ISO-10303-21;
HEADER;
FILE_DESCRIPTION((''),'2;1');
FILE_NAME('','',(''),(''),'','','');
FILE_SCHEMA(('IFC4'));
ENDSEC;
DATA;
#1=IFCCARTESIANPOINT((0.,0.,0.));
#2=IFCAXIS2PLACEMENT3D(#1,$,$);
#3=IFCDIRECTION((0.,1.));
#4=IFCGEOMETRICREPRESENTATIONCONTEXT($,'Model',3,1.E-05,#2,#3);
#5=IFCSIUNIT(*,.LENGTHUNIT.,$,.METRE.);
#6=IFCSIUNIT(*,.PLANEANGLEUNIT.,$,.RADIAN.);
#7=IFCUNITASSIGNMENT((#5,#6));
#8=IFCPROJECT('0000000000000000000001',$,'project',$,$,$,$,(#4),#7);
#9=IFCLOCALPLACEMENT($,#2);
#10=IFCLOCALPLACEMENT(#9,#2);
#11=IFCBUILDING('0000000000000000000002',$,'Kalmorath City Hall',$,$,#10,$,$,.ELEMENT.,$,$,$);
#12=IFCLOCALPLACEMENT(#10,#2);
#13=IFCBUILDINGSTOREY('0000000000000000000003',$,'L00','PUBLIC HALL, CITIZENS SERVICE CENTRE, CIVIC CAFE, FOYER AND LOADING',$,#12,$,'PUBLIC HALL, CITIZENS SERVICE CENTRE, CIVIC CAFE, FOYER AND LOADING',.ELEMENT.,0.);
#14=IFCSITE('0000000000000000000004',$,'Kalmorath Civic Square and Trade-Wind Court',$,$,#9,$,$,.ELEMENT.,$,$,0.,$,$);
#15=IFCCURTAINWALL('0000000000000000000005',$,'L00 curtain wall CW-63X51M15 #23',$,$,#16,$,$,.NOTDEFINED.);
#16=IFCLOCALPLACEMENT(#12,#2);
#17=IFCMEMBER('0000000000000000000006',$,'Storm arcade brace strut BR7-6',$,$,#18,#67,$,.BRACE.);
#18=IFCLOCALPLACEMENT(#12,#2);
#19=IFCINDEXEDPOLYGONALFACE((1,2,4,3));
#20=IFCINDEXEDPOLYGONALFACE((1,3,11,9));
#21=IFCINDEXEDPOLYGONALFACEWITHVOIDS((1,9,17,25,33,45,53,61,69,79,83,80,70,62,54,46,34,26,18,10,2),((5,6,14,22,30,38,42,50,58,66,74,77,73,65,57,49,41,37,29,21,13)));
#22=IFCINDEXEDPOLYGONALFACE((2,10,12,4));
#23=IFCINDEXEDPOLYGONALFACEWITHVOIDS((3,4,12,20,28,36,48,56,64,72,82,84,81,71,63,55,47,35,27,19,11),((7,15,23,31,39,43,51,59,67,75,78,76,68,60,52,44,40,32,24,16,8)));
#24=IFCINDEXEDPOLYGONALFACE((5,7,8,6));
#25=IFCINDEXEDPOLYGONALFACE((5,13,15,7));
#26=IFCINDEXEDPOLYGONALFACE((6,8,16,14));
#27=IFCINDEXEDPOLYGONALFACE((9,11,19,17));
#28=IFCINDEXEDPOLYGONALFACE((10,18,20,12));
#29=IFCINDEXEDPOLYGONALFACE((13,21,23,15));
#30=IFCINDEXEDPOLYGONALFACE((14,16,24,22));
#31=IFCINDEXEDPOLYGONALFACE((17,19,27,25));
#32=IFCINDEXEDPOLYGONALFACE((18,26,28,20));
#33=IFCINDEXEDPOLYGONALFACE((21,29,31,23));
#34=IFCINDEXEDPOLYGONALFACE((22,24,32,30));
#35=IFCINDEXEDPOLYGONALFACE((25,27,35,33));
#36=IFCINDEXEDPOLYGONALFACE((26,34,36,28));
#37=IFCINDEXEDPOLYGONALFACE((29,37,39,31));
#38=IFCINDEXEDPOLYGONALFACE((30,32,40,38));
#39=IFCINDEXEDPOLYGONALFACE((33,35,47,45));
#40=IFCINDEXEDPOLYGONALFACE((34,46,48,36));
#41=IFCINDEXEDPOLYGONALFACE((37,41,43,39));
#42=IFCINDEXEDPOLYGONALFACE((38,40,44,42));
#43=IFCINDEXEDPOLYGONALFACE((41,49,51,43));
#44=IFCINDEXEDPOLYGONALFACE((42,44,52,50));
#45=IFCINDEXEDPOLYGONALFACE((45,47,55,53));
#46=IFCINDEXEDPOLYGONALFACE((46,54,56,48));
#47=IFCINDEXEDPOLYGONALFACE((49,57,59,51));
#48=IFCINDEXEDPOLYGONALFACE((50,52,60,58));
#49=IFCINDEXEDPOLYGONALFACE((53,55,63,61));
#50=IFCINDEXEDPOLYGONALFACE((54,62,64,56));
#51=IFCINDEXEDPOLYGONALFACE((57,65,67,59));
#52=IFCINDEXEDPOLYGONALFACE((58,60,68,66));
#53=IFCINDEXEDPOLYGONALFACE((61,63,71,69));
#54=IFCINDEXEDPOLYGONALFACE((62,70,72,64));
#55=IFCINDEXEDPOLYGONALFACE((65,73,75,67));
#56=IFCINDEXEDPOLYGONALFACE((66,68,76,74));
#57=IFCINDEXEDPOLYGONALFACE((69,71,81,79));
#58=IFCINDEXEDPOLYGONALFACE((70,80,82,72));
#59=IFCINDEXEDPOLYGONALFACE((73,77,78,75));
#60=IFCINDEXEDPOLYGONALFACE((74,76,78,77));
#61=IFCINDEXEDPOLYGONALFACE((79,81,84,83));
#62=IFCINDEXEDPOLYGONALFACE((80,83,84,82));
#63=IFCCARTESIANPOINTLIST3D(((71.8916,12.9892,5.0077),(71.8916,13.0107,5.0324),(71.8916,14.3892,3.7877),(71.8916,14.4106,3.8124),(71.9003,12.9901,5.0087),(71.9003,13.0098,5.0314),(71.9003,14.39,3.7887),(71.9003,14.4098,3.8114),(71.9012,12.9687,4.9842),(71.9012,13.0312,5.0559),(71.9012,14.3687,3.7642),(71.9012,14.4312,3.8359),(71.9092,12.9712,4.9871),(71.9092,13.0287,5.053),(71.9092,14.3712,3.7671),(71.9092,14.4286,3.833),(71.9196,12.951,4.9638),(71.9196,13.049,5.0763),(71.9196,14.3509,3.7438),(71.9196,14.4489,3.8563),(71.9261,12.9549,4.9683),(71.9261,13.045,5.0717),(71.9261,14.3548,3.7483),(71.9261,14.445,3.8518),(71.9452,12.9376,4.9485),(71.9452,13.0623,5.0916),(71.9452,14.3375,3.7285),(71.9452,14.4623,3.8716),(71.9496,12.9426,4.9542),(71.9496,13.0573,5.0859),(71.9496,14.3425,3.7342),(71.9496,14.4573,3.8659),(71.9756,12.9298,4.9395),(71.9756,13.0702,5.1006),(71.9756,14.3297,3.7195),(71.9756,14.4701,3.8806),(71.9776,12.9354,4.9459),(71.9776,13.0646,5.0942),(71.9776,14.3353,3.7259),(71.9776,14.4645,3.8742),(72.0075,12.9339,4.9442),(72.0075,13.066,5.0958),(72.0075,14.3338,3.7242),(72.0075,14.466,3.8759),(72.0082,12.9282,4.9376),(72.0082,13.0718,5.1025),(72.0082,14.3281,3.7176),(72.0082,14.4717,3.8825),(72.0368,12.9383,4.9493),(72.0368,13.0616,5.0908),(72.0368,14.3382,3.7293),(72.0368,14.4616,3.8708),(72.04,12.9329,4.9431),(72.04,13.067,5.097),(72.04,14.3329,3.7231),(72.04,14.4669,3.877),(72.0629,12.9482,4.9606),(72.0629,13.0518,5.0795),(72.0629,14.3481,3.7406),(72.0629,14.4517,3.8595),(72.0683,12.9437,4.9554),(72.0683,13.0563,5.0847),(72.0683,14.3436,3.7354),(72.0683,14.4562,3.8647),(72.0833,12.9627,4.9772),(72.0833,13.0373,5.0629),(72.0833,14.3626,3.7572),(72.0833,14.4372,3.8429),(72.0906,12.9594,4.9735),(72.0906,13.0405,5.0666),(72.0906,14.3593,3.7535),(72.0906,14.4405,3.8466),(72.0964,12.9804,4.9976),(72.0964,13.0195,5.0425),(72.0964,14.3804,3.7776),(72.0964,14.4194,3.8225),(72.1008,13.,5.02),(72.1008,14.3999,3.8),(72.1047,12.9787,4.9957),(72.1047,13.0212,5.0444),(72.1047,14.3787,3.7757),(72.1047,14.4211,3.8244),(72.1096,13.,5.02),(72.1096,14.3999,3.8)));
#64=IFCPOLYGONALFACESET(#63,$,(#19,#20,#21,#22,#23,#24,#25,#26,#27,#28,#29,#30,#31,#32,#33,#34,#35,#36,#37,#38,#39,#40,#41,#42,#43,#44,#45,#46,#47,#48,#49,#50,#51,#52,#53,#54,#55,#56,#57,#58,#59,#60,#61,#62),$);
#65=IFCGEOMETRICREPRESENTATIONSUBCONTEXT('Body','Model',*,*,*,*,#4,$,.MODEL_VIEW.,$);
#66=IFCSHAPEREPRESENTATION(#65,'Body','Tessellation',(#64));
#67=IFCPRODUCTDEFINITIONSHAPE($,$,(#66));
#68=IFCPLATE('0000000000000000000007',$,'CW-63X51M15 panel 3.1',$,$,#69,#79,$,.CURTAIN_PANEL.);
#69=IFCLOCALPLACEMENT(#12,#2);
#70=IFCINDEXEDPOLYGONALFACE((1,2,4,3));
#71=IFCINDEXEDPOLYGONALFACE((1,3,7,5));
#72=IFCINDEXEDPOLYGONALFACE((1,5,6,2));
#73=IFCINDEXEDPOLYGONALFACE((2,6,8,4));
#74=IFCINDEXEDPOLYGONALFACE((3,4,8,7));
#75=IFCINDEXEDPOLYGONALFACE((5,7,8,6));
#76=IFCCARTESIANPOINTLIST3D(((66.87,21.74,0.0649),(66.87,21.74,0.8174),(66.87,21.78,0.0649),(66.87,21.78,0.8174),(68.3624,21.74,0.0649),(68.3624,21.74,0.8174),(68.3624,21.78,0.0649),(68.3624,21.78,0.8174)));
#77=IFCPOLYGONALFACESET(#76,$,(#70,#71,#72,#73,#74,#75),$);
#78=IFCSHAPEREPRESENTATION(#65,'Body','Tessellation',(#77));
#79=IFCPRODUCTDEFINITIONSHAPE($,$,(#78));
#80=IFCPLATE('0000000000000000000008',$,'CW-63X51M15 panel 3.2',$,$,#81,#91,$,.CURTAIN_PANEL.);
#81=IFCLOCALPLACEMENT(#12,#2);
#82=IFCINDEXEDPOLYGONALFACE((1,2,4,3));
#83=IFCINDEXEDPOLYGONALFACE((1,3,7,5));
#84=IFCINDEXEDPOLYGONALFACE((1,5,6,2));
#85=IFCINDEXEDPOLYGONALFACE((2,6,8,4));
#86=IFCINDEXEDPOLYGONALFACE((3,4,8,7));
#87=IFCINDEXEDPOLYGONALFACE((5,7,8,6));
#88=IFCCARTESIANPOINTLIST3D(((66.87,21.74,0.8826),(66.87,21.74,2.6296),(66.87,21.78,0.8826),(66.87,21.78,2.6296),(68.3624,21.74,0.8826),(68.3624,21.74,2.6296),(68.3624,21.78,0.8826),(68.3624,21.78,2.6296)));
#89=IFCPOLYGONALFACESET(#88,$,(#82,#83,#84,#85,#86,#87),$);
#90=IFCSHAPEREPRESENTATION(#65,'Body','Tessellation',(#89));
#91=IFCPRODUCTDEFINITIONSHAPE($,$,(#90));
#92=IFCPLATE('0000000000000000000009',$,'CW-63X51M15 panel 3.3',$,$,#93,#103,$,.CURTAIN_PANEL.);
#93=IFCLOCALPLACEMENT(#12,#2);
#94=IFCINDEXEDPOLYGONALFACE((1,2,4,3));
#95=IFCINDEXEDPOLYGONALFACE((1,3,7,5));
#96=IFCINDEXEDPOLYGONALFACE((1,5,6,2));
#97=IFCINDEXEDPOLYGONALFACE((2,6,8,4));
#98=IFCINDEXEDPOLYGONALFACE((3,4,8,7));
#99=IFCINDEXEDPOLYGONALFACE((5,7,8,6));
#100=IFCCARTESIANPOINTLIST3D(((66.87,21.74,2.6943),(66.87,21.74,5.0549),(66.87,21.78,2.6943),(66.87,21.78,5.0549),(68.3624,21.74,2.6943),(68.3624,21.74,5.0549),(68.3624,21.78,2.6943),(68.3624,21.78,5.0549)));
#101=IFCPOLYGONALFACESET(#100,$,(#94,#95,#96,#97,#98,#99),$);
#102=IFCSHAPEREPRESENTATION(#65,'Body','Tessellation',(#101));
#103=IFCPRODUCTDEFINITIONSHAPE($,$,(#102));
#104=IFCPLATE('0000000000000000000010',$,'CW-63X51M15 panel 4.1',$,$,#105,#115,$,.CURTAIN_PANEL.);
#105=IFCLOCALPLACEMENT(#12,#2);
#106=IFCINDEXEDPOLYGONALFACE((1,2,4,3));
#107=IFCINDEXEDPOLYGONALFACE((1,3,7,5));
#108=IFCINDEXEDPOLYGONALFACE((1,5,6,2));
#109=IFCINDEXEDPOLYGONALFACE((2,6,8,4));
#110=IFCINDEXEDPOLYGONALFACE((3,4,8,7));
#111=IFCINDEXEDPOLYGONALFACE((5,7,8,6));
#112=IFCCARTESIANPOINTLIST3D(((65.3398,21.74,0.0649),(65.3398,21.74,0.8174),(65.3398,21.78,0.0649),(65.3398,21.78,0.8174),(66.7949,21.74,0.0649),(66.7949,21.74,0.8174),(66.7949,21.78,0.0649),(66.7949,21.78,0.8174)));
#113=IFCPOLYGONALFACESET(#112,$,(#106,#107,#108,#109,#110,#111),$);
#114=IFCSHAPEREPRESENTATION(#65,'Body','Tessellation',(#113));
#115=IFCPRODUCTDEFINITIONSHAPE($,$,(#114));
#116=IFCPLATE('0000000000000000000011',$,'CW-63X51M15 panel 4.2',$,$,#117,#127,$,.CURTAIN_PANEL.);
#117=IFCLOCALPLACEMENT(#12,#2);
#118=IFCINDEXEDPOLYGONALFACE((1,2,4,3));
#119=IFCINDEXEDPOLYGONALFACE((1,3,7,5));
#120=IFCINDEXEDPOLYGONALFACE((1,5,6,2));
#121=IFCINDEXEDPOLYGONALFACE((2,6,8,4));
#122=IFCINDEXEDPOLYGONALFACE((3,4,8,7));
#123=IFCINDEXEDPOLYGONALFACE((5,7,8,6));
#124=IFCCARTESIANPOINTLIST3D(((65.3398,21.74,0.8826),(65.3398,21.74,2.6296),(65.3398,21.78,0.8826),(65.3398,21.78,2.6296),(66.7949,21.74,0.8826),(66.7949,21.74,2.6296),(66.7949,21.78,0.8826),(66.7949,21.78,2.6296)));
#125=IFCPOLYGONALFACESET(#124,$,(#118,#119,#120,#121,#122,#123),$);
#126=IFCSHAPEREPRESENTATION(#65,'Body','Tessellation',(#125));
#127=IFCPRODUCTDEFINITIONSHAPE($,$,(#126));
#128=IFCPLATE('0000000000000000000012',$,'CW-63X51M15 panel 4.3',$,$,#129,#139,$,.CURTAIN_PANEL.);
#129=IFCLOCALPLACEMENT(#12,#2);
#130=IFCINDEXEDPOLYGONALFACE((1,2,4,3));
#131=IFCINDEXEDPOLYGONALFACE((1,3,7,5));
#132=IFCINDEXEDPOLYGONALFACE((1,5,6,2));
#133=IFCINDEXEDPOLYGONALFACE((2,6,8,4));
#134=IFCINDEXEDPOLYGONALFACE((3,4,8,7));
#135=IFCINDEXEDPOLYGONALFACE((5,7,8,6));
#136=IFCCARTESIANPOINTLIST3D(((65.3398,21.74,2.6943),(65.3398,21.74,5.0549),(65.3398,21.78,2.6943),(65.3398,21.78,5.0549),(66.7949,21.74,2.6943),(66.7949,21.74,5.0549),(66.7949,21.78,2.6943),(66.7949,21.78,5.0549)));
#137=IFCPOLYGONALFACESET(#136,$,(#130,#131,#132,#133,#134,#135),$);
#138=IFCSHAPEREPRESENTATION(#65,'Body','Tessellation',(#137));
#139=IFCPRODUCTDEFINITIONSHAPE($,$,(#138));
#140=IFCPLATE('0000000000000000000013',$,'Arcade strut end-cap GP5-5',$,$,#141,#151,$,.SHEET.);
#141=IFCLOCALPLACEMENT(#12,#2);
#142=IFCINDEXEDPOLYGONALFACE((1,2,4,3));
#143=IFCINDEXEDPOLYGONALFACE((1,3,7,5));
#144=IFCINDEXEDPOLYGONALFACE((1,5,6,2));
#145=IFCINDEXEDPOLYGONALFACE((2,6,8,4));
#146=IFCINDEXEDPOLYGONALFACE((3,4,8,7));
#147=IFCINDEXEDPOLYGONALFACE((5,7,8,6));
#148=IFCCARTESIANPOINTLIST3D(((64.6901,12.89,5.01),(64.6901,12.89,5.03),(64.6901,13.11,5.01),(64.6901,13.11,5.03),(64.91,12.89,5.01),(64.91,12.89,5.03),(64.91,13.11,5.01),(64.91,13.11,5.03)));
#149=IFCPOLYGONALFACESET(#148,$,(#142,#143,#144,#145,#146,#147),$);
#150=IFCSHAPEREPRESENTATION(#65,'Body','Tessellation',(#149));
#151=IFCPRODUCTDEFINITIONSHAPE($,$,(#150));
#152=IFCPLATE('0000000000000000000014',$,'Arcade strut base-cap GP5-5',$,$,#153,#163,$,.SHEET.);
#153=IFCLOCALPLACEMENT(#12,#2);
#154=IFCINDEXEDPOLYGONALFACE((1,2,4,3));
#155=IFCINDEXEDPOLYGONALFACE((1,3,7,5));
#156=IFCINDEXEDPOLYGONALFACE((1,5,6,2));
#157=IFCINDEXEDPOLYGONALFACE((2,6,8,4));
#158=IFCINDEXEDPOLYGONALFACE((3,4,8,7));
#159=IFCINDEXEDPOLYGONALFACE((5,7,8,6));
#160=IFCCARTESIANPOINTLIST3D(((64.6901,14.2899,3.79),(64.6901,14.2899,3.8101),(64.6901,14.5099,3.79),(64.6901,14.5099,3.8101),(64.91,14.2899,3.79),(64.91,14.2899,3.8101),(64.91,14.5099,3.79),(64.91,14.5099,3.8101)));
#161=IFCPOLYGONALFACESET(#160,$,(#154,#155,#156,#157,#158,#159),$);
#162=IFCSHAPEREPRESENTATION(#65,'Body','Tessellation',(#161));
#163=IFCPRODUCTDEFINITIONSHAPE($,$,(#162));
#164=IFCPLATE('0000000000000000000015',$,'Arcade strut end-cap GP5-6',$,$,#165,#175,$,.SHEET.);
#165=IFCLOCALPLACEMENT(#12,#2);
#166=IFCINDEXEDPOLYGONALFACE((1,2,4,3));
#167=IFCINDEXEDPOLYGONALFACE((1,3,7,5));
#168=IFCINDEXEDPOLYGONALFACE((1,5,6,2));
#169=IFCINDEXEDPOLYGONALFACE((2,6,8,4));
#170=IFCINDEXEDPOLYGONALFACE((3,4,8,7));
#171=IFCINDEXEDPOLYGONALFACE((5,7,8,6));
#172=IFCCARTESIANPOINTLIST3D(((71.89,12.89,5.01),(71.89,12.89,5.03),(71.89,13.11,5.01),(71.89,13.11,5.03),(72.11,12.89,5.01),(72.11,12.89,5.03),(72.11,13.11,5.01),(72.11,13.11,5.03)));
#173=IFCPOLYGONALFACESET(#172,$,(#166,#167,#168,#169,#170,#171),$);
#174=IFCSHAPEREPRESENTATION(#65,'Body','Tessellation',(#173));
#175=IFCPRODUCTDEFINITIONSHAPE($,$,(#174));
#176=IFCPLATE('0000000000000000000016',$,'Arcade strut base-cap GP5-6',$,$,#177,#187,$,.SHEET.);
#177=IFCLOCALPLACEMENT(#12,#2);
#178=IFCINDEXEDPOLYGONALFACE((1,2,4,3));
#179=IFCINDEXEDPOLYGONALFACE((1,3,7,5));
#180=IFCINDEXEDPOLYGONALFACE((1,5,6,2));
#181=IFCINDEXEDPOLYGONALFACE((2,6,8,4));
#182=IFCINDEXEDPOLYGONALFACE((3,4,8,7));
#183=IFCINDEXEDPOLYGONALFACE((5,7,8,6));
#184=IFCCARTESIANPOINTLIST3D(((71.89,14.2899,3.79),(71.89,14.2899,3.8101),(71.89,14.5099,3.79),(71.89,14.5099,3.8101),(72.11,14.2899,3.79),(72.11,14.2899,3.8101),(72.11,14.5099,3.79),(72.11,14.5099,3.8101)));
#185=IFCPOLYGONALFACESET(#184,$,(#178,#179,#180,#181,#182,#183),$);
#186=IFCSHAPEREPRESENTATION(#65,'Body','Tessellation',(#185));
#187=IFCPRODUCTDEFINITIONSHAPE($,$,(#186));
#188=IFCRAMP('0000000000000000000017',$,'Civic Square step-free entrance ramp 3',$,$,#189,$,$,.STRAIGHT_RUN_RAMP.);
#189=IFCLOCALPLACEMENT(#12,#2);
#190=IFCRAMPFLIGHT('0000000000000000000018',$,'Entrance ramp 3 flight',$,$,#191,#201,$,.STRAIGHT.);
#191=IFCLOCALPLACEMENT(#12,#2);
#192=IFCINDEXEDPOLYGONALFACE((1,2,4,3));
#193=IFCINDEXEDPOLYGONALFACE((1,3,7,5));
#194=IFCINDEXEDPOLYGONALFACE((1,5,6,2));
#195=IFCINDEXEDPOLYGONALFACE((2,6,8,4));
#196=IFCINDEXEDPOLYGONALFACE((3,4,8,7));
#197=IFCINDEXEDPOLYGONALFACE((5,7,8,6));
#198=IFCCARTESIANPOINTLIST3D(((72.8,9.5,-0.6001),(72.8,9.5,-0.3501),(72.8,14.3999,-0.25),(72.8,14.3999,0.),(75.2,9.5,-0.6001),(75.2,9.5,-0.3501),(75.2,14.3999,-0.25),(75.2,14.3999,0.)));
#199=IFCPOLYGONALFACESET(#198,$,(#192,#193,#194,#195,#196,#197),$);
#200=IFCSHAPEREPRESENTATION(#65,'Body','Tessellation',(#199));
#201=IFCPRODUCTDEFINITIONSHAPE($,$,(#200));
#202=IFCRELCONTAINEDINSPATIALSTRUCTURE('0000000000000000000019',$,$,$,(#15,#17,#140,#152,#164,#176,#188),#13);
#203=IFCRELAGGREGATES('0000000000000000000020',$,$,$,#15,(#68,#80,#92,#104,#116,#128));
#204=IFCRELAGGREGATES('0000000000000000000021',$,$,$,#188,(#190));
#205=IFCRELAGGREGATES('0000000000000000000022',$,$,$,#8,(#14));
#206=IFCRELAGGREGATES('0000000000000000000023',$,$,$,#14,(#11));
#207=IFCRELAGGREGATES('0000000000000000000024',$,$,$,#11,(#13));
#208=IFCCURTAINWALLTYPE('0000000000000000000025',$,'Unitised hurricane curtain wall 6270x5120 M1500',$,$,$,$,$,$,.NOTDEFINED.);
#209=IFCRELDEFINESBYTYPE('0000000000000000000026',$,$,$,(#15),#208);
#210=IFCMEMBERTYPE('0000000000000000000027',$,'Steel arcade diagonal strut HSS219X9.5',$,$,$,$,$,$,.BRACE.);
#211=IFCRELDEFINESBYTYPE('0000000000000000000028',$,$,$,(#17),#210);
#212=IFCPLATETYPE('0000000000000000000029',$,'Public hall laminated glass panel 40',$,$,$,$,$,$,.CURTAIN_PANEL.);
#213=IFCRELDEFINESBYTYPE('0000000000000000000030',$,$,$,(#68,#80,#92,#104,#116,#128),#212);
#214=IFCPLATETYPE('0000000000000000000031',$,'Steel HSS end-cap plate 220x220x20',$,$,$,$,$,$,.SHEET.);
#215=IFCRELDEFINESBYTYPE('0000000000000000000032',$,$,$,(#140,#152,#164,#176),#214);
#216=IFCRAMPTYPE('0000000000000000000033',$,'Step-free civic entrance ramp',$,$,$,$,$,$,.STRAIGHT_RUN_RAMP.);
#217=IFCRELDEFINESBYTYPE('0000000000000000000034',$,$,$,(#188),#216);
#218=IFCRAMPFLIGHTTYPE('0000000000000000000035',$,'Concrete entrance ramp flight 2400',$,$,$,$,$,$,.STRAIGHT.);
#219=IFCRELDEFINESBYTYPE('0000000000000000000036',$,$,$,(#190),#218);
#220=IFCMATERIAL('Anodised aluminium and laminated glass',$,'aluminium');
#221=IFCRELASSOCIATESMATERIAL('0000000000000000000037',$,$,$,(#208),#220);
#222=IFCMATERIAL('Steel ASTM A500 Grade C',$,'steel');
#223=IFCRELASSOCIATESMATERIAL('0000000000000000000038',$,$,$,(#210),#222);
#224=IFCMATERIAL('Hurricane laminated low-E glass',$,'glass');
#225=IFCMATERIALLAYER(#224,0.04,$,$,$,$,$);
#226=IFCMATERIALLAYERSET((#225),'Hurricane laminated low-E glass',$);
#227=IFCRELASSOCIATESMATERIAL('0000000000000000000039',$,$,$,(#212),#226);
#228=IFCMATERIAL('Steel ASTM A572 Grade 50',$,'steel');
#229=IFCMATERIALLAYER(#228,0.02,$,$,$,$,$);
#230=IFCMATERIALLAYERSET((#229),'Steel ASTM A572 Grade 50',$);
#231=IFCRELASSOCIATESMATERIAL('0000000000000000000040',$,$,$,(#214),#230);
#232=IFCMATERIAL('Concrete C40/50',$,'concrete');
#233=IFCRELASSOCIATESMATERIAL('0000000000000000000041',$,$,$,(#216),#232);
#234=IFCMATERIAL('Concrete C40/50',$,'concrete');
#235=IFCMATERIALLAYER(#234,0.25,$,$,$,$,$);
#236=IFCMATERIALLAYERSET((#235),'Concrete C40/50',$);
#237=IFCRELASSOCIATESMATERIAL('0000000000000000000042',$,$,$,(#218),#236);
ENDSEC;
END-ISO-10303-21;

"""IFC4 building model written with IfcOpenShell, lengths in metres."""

from ifc_helpers import new_model, si_unit, direction, frame, origin, origin_2d, place, context, subcontext, project, spatial, polyline, rectangle, hollow_circle, outline, extrude, material, layer, layer_set, material_profile, profile_set, type_object, element, aggregate, save


model = new_model("IFC4")

# Units and contexts
model_context = context("Model", 3, precision=1e-05, world=origin(), true_north=direction((0.0, 1.0)))
body_context = subcontext(model_context, "Body", "Model", "MODEL_VIEW")
ifc_project = project(units=[si_unit("LENGTHUNIT", "METRE"), si_unit("PLANEANGLEUNIT", "RADIAN")], contexts=[model_context])

# Site, building, storey
site_placement = place(None, origin())
site = spatial("IfcSite", under=ifc_project, at=site_placement, Name="Kalmorath Civic Square and Trade-Wind Court", CompositionType="ELEMENT", RefElevation=0.0)
building_placement = place(site_placement, origin())
building = spatial("IfcBuilding", under=site, at=building_placement, Name="Kalmorath City Hall", CompositionType="ELEMENT")
storey_placement = place(building_placement, origin())
storey = spatial("IfcBuildingStorey", under=building, at=storey_placement, Name="L00", Description="PUBLIC HALL, CITIZENS SERVICE CENTRE, CIVIC CAFE, FOYER AND LOADING", LongName="PUBLIC HALL, CITIZENS SERVICE CENTRE, CIVIC CAFE, FOYER AND LOADING", CompositionType="ELEMENT", Elevation=0.0)

# Curtain wall
ifc_material_1 = material(Name="Anodised aluminium and laminated glass", Category="aluminium")
curtain_wall_type = type_object("IfcCurtainWallType", Name="Unitised hurricane curtain wall 6270x5120 M1500", PredefinedType="NOTDEFINED", material=ifc_material_1)
curtain_wall_placement = place(storey_placement, origin())
curtain_wall = element("IfcCurtainWall", 1, at=curtain_wall_placement, inside=storey, type_object=curtain_wall_type, Name="L00 curtain wall CW-63X51M15 #23", PredefinedType="NOTDEFINED")

# Member
ifc_material_2 = material(Name="Steel ASTM A500 Grade C", Category="steel")
ifc_material_profile_1 = material_profile(ifc_material_2, hollow_circle(Radius=0.1096, WallThickness=0.0088, at=origin_2d()), Name="HSS219X9.5")
ifc_profile_set_1 = profile_set([ifc_material_profile_1], Name="Steel ASTM A500 Grade C")
member_type_1 = type_object("IfcMemberType", Name="Steel arcade diagonal strut HSS219X9.5", PredefinedType="BRACE", material=ifc_profile_set_1)
for number, where, z_axis, x_axis, name in (
    (2, (72.0, 14.3999, 3.8), (0.0, -0.753895, 0.656995), (1.0, 0.0, 0.0), "Storm arcade brace strut BR7-6"),
):
    element("IfcMember", number, at=place(storey_placement, frame(where, z_axis=z_axis, x_axis=x_axis)), inside=storey, type_object=member_type_1, Name=name, PredefinedType="BRACE", context=body_context, shape_type="SweptSolid", body=[
        extrude(hollow_circle(Radius=0.1096, WallThickness=0.0088, at=origin_2d()), origin(), (0.0, 0.0, 1.0), 1.8569),
    ])

# Plates
ifc_material_3 = material(Name="Hurricane laminated low-E glass", Category="glass")
ifc_layer_1 = layer(ifc_material_3, 0.04)
ifc_layer_set_1 = layer_set([ifc_layer_1], Name="Hurricane laminated low-E glass")
plate_type_1 = type_object("IfcPlateType", Name="Public hall laminated glass panel 40", PredefinedType="CURTAIN_PANEL", material=ifc_layer_set_1)
plate_1_placement = place(storey_placement, frame((67.6162, 21.76, 0.0649), z_axis=(0.0, 0.0, 1.0), x_axis=(-1.0, 0.0, 0.0)))
plate_1 = element("IfcPlate", 3, at=plate_1_placement, type_object=plate_type_1, Name="CW-63X51M15 panel 3.1", PredefinedType="CURTAIN_PANEL", context=body_context, shape_type="SweptSolid", body=[
    extrude(rectangle(XDim=1.4924, YDim=0.04, at=origin_2d()), origin(), (0.0, 0.0, 1.0), 0.7524),
])
plate_2_placement = place(storey_placement, frame((67.6162, 21.76, 0.8826), z_axis=(0.0, 0.0, 1.0), x_axis=(-1.0, 0.0, 0.0)))
plate_2 = element("IfcPlate", 4, at=plate_2_placement, type_object=plate_type_1, Name="CW-63X51M15 panel 3.2", PredefinedType="CURTAIN_PANEL", context=body_context, shape_type="SweptSolid", body=[
    extrude(rectangle(XDim=1.4924, YDim=0.04, at=origin_2d()), origin(), (0.0, 0.0, 1.0), 1.7471),
])
plate_3_placement = place(storey_placement, frame((67.6162, 21.76, 2.6943), z_axis=(0.0, 0.0, 1.0), x_axis=(-1.0, 0.0, 0.0)))
plate_3 = element("IfcPlate", 5, at=plate_3_placement, type_object=plate_type_1, Name="CW-63X51M15 panel 3.3", PredefinedType="CURTAIN_PANEL", context=body_context, shape_type="SweptSolid", body=[
    extrude(rectangle(XDim=1.4924, YDim=0.04, at=origin_2d()), origin(), (0.0, 0.0, 1.0), 2.3606),
])
plate_4_placement = place(storey_placement, frame((66.0674, 21.76, 0.0649), z_axis=(0.0, 0.0, 1.0), x_axis=(-1.0, 0.0, 0.0)))
plate_4 = element("IfcPlate", 6, at=plate_4_placement, type_object=plate_type_1, Name="CW-63X51M15 panel 4.1", PredefinedType="CURTAIN_PANEL", context=body_context, shape_type="SweptSolid", body=[
    extrude(rectangle(XDim=1.4551, YDim=0.04, at=origin_2d()), origin(), (0.0, 0.0, 1.0), 0.7524),
])
plate_5_placement = place(storey_placement, frame((66.0674, 21.76, 0.8826), z_axis=(0.0, 0.0, 1.0), x_axis=(-1.0, 0.0, 0.0)))
plate_5 = element("IfcPlate", 7, at=plate_5_placement, type_object=plate_type_1, Name="CW-63X51M15 panel 4.2", PredefinedType="CURTAIN_PANEL", context=body_context, shape_type="SweptSolid", body=[
    extrude(rectangle(XDim=1.4551, YDim=0.04, at=origin_2d()), origin(), (0.0, 0.0, 1.0), 1.7471),
])
plate_6_placement = place(storey_placement, frame((66.0674, 21.76, 2.6943), z_axis=(0.0, 0.0, 1.0), x_axis=(-1.0, 0.0, 0.0)))
plate_6 = element("IfcPlate", 8, at=plate_6_placement, type_object=plate_type_1, Name="CW-63X51M15 panel 4.3", PredefinedType="CURTAIN_PANEL", context=body_context, shape_type="SweptSolid", body=[
    extrude(rectangle(XDim=1.4551, YDim=0.04, at=origin_2d()), origin(), (0.0, 0.0, 1.0), 2.3606),
])
aggregate(curtain_wall, [plate_1, plate_2, plate_3, plate_4, plate_5, plate_6])

# Plates
ifc_material_4 = material(Name="Steel ASTM A572 Grade 50", Category="steel")
ifc_layer_2 = layer(ifc_material_4, 0.02)
ifc_layer_set_2 = layer_set([ifc_layer_2], Name="Steel ASTM A572 Grade 50")
plate_type_2 = type_object("IfcPlateType", Name="Steel HSS end-cap plate 220x220x20", PredefinedType="SHEET", material=ifc_layer_set_2)
for number, where, z_axis, x_axis, name in (
    (9, (64.8, 13.0, 5.01), (0.0, 0.0, 1.0), (1.0, 0.0, 0.0), "Arcade strut end-cap GP5-5"),
    (10, (64.8, 14.3999, 3.79), (0.0, 0.0, 1.0), (1.0, 0.0, 0.0), "Arcade strut base-cap GP5-5"),
    (11, (72.0, 13.0, 5.01), (0.0, 0.0, 1.0), (1.0, 0.0, 0.0), "Arcade strut end-cap GP5-6"),
    (12, (72.0, 14.3999, 3.79), (0.0, 0.0, 1.0), (1.0, 0.0, 0.0), "Arcade strut base-cap GP5-6"),
):
    element("IfcPlate", number, at=place(storey_placement, frame(where, z_axis=z_axis, x_axis=x_axis)), inside=storey, type_object=plate_type_2, Name=name, PredefinedType="SHEET", context=body_context, shape_type="SweptSolid", body=[
        extrude(rectangle(XDim=0.22, YDim=0.22, at=origin_2d()), origin(), (0.0, 0.0, 1.0), 0.02),
    ])

# Ramp, ramp flight
ifc_material_5 = material(Name="Concrete C40/50", Category="concrete")
ramp_type = type_object("IfcRampType", Name="Step-free civic entrance ramp", PredefinedType="STRAIGHT_RUN_RAMP", material=ifc_material_5)
ramp_placement = place(storey_placement, origin())
ramp = element("IfcRamp", 13, at=ramp_placement, inside=storey, type_object=ramp_type, Name="Civic Square step-free entrance ramp 3", PredefinedType="STRAIGHT_RUN_RAMP")
ifc_material_6 = material(Name="Concrete C40/50", Category="concrete")
ifc_layer_3 = layer(ifc_material_6, 0.25)
ifc_layer_set_3 = layer_set([ifc_layer_3], Name="Concrete C40/50")
ramp_flight_type = type_object("IfcRampFlightType", Name="Concrete entrance ramp flight 2400", PredefinedType="STRAIGHT", material=ifc_layer_set_3)
ramp_flight_placement = place(storey_placement, frame((74.0, 9.5, -0.3501), z_axis=(0.0, 0.0, 1.0), x_axis=(0.0, 1.0, 0.0)))
ramp_flight = element("IfcRampFlight", 14, at=ramp_flight_placement, type_object=ramp_flight_type, Name="Entrance ramp 3 flight", PredefinedType="STRAIGHT", context=body_context, shape_type="SweptSolid", body=[
    extrude(outline(polyline([(0.0, -0.25), (4.8999, 0.1001), (4.8999, 0.3501), (0.0, 0.0), (0.0, -0.25)])), frame((0.0, 1.2, 0.0), z_axis=(0.0, -1.0, 0.0), x_axis=(1.0, 0.0, 0.0)), (0.0, 0.0, 1.0), 2.3999),
])
aggregate(ramp, [ramp_flight])

save(model, "model.ifc")
